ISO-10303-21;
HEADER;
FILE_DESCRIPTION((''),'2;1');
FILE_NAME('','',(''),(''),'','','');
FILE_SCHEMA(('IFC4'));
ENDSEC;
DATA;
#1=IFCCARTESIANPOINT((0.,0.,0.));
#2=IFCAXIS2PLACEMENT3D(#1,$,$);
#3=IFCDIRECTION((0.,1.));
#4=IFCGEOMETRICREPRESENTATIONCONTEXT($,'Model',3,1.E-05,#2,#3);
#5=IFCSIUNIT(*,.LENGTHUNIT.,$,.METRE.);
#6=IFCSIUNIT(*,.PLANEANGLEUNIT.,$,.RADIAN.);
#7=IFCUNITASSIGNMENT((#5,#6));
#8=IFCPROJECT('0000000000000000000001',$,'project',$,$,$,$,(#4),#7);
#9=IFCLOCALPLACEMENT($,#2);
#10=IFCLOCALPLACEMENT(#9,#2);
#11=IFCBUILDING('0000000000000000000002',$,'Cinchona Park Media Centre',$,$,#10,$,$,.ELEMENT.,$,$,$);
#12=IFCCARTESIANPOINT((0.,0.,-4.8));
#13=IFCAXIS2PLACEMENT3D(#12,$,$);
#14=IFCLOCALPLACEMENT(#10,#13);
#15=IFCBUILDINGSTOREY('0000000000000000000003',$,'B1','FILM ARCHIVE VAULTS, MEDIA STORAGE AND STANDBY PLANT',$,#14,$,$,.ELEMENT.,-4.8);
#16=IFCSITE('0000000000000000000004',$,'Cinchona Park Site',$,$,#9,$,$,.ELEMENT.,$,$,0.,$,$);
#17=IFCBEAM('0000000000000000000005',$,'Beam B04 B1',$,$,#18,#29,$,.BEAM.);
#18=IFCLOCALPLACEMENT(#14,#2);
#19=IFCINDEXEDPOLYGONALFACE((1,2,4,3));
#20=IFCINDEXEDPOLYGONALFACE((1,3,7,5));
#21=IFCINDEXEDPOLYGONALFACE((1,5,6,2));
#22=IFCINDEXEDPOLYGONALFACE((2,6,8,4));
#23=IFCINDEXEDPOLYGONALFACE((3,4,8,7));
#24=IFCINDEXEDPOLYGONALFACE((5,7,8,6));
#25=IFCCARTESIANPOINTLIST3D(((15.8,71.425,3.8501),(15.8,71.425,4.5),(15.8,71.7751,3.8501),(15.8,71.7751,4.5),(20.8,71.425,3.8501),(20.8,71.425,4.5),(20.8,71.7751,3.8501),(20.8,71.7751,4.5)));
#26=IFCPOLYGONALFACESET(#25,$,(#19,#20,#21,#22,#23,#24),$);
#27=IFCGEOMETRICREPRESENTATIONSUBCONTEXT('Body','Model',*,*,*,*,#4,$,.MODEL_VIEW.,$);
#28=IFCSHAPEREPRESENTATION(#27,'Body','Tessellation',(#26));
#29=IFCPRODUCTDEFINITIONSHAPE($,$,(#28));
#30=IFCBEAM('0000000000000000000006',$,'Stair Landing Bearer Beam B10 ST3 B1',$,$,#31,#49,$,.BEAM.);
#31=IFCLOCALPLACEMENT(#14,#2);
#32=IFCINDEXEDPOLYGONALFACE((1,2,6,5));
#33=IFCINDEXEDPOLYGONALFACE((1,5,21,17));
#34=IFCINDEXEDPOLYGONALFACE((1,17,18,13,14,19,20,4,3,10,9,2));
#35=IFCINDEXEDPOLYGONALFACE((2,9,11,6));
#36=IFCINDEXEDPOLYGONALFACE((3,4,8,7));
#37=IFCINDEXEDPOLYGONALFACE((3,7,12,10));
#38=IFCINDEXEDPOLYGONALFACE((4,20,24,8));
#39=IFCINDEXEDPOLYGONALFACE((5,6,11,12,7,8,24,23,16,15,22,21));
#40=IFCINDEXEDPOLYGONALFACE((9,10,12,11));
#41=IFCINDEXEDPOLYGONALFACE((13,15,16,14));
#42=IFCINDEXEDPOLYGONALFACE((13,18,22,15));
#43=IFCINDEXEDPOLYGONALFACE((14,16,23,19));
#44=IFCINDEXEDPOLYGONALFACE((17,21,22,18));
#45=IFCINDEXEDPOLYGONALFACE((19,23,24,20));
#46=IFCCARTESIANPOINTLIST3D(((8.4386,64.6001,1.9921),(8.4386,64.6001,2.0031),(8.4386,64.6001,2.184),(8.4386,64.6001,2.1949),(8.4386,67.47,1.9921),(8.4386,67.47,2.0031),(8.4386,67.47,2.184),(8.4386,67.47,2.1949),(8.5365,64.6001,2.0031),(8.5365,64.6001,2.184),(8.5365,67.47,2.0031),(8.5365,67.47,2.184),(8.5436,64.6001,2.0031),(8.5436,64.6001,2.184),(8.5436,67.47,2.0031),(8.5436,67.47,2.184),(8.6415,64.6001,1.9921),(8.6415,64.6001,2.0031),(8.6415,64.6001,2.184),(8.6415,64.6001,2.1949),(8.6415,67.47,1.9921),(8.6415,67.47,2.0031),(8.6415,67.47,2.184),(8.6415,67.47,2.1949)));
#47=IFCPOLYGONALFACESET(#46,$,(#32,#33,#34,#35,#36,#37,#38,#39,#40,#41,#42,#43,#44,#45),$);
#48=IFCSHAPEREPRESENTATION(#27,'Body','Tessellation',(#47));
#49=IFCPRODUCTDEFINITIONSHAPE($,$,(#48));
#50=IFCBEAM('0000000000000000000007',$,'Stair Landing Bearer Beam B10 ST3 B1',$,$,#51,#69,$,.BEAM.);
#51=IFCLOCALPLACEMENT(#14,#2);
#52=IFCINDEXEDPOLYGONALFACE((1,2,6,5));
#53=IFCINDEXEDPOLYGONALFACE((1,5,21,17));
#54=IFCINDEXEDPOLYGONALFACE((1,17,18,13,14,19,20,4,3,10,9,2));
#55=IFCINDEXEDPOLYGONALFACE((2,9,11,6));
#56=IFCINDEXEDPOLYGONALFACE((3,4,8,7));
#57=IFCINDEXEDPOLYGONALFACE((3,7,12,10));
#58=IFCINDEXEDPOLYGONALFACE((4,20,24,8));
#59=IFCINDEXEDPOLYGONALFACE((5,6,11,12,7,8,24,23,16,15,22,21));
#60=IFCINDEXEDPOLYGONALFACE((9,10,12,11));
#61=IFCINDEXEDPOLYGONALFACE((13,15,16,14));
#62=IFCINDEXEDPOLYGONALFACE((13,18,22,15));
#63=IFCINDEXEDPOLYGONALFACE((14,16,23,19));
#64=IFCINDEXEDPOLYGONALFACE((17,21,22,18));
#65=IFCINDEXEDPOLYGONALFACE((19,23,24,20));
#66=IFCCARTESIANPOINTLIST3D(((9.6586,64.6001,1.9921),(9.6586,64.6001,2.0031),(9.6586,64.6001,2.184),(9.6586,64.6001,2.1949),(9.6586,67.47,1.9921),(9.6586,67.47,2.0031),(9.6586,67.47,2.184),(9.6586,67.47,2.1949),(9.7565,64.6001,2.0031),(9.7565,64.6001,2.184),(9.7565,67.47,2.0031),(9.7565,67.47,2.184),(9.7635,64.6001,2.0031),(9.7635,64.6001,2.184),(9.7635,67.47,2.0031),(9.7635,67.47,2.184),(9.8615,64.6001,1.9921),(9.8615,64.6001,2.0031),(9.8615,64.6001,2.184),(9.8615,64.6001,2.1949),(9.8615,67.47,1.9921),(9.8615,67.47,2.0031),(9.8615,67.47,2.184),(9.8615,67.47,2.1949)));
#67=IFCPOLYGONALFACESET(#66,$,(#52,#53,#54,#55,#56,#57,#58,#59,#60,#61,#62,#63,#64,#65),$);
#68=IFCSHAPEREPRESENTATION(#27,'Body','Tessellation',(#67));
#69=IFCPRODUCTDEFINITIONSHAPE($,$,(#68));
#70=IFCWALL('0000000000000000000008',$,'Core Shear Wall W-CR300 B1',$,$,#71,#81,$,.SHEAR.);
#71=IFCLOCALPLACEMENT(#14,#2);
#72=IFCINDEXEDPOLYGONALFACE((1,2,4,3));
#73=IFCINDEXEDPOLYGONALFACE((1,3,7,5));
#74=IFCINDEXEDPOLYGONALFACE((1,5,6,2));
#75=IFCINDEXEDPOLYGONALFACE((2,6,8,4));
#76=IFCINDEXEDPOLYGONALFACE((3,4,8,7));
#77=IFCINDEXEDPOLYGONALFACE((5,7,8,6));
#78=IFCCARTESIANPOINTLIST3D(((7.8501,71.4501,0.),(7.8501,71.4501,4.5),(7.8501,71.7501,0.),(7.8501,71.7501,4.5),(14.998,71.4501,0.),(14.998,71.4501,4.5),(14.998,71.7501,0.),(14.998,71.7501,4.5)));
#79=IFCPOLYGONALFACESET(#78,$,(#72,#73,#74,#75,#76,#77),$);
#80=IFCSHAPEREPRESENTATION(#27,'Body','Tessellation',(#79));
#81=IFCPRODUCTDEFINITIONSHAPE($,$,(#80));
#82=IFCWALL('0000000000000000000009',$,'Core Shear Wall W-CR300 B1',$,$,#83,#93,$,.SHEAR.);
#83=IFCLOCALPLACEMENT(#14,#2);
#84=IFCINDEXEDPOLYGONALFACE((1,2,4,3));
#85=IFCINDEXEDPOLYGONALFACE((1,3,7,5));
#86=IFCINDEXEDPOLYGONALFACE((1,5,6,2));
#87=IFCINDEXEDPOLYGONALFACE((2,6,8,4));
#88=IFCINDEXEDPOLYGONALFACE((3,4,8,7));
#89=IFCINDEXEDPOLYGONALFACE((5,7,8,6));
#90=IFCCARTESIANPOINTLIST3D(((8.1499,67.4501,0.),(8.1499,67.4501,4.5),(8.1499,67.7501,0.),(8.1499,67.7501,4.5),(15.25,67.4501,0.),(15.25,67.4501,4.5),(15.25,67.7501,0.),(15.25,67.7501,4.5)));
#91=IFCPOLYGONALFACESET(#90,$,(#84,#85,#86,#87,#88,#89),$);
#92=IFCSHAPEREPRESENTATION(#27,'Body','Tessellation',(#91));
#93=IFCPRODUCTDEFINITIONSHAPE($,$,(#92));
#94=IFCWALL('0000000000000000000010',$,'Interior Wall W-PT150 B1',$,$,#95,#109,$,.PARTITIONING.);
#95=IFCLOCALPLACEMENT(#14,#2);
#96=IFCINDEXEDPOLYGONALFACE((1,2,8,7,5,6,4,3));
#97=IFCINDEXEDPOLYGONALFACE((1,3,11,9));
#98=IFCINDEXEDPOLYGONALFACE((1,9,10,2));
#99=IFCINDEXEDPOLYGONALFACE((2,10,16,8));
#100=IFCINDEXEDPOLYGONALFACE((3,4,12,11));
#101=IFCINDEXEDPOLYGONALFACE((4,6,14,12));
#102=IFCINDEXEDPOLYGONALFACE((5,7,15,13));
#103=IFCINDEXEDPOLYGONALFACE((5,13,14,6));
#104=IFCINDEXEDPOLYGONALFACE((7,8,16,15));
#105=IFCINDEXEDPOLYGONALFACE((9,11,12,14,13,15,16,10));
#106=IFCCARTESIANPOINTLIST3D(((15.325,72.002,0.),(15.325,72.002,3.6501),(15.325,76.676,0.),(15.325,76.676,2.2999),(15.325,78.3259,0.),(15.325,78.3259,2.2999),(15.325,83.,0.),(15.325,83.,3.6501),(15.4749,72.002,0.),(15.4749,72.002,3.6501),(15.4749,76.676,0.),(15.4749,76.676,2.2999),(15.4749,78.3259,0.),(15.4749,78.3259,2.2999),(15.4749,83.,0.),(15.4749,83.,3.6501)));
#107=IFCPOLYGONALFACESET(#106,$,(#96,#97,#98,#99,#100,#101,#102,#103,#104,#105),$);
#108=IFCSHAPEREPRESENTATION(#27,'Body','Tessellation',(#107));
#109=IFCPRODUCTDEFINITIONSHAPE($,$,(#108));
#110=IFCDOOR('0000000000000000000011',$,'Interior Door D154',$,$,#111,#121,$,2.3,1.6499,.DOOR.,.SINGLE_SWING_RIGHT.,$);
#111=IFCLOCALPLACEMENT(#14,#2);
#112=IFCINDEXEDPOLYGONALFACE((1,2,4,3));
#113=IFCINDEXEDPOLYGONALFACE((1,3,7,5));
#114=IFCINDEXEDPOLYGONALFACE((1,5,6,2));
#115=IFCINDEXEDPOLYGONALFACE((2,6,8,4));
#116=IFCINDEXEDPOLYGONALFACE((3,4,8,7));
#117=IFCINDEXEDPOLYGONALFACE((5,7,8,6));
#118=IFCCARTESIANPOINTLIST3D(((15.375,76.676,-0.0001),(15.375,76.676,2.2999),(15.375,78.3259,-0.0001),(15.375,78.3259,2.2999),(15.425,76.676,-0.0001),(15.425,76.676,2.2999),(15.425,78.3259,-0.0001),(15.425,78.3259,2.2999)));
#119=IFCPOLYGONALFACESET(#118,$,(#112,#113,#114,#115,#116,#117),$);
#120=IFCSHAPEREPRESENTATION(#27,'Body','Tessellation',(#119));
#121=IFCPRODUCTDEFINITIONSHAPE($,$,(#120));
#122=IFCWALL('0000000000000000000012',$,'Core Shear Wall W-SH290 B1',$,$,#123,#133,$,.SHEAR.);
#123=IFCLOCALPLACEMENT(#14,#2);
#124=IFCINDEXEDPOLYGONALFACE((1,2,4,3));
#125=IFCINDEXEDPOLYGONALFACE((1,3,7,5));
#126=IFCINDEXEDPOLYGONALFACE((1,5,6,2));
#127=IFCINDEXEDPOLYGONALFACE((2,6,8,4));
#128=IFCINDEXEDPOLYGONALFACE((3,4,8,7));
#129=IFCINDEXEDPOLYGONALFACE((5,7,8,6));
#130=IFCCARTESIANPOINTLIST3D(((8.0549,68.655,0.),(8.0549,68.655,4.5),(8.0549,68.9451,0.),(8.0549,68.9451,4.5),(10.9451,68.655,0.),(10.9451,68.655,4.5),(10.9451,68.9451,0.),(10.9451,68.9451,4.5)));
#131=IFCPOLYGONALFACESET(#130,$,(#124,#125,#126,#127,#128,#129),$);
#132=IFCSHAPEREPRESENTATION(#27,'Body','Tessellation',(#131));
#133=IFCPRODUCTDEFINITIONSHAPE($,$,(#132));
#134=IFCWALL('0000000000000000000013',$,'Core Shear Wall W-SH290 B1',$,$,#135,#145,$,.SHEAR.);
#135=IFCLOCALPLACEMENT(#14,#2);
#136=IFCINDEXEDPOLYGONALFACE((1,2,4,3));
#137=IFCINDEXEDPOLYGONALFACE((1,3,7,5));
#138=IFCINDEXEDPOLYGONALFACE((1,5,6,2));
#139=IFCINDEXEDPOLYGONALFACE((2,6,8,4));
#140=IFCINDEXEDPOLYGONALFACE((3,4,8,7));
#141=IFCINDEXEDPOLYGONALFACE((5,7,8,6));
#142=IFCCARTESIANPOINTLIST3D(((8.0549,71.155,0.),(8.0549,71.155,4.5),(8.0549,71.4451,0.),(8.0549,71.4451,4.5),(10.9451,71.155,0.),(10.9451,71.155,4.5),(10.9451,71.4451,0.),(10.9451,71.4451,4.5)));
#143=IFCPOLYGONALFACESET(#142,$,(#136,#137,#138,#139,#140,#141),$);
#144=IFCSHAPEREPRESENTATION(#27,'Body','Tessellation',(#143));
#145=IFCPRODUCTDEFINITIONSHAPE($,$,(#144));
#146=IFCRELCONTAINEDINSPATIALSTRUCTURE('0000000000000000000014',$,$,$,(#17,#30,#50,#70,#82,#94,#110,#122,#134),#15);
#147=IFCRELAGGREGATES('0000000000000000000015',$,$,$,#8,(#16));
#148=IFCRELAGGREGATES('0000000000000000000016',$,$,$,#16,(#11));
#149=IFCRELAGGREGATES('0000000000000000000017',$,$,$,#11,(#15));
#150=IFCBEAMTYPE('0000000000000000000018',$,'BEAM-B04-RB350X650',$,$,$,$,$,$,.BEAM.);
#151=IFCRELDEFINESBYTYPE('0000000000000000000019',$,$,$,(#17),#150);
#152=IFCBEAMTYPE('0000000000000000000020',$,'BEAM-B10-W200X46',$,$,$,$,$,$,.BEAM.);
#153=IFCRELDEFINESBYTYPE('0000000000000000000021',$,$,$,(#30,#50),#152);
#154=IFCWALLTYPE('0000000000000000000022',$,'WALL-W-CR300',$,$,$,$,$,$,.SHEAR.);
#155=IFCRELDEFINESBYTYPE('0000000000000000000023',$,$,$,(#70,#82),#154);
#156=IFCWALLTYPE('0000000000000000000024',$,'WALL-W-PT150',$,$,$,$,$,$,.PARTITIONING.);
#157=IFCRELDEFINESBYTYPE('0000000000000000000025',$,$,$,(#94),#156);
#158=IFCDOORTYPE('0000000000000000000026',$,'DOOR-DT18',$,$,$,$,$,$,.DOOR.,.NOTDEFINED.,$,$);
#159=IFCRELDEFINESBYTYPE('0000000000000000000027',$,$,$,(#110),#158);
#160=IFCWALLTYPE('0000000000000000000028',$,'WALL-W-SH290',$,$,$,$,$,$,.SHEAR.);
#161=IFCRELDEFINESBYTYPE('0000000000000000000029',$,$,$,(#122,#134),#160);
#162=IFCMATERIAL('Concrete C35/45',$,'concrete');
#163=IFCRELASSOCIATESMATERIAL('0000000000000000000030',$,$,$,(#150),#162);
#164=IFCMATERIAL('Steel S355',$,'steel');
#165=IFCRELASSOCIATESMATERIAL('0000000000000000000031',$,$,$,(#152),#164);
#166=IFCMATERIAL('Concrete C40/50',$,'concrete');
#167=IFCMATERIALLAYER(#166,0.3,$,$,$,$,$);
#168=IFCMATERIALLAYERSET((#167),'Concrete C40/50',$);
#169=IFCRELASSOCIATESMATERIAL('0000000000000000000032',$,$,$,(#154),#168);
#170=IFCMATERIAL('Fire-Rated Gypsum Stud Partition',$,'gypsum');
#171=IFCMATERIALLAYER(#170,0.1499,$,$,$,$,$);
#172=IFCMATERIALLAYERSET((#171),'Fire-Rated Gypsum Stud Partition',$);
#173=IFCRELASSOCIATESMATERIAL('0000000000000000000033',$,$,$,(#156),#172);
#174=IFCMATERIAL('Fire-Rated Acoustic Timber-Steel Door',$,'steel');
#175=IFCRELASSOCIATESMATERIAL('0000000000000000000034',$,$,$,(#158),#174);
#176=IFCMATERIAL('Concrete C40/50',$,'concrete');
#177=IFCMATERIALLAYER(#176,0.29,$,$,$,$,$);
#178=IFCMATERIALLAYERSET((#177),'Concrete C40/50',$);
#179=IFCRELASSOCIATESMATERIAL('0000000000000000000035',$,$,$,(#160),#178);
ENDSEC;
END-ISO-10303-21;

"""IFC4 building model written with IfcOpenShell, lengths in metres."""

from ifc_helpers import new_model, si_unit, direction, frame, frame_2d, origin, origin_2d, place, context, subcontext, project, spatial, rectangle, i_section, extrude, material, layer, layer_set, material_profile, profile_set, type_object, element, fill, save


model = new_model("IFC4")

# Units and contexts
model_context = context("Model", 3, precision=1e-05, world=origin(), true_north=direction((0.0, 1.0)))
body_context = subcontext(model_context, "Body", "Model", "MODEL_VIEW")
ifc_project = project(units=[si_unit("LENGTHUNIT", "METRE"), si_unit("PLANEANGLEUNIT", "RADIAN")], contexts=[model_context])

# Site, building, storey
site_placement = place(None, origin())
site = spatial("IfcSite", under=ifc_project, at=site_placement, Name="Cinchona Park Site", CompositionType="ELEMENT", RefElevation=0.0)
building_placement = place(site_placement, origin())
building = spatial("IfcBuilding", under=site, at=building_placement, Name="Cinchona Park Media Centre", CompositionType="ELEMENT")
storey_placement = place(building_placement, frame((0.0, 0.0, -4.8)))
storey = spatial("IfcBuildingStorey", under=building, at=storey_placement, Name="B1", Description="FILM ARCHIVE VAULTS, MEDIA STORAGE AND STANDBY PLANT", CompositionType="ELEMENT", Elevation=-4.8)

# Beams
ifc_material_1 = material(Name="Concrete C35/45", Category="concrete")
ifc_material_profile_1 = material_profile(ifc_material_1, rectangle(XDim=0.3501, YDim=0.6499, at=origin_2d()), Name="RB 350X650")
ifc_profile_set_1 = profile_set([ifc_material_profile_1], Name="Concrete C35/45")
beam_type_1 = type_object("IfcBeamType", Name="BEAM-B04-RB350X650", PredefinedType="BEAM", material=ifc_profile_set_1)
beam_1_placement = place(storey_placement, frame((15.8, 71.6001, 4.175), z_axis=(1.0, 0.0, 0.0), x_axis=(0.0, 1.0, 0.0)))
element("IfcBeam", 1, at=beam_1_placement, inside=storey, type_object=beam_type_1, Name="Beam B04 B1", PredefinedType="BEAM", context=body_context, shape_type="SweptSolid", body=[
    extrude(rectangle(XDim=0.3501, YDim=0.6499, at=origin_2d()), origin(), (0.0, 0.0, 1.0), 5.0),
])
ifc_material_2 = material(Name="Steel S355", Category="steel")
ifc_material_profile_2 = material_profile(ifc_material_2, i_section(OverallWidth=0.2029, OverallDepth=0.2029, WebThickness=0.0071, FlangeThickness=0.011, at=origin_2d()), Name="W200X46")
ifc_profile_set_2 = profile_set([ifc_material_profile_2], Name="Steel S355")
beam_type_2 = type_object("IfcBeamType", Name="BEAM-B10-W200X46", PredefinedType="BEAM", material=ifc_profile_set_2)
for number, where, z_axis, x_axis, name in (
    (2, (8.54, 67.47, 2.0935), (0.0, -1.0, 0.0), (1.0, 0.0, 0.0), "Stair Landing Bearer Beam B10 ST3 B1"),
    (3, (9.76, 67.47, 2.0935), (0.0, -1.0, 0.0), (1.0, 0.0, 0.0), "Stair Landing Bearer Beam B10 ST3 B1"),
):
    element("IfcBeam", number, at=place(storey_placement, frame(where, z_axis=z_axis, x_axis=x_axis)), inside=storey, type_object=beam_type_2, Name=name, PredefinedType="BEAM", context=body_context, shape_type="SweptSolid", body=[
        extrude(i_section(OverallWidth=0.2029, OverallDepth=0.2029, WebThickness=0.0071, FlangeThickness=0.011, at=origin_2d()), origin(), (0.0, 0.0, 1.0), 2.8699),
    ])

# Walls
ifc_material_3 = material(Name="Concrete C40/50", Category="concrete")
ifc_layer_1 = layer(ifc_material_3, 0.3)
ifc_layer_set_1 = layer_set([ifc_layer_1], Name="Concrete C40/50")
wall_type_1 = type_object("IfcWallType", Name="WALL-W-CR300", PredefinedType="SHEAR", material=ifc_layer_set_1)
wall_1_placement = place(storey_placement, frame((7.8501, 71.6001, 0.0), z_axis=(0.0, 0.0, 1.0), x_axis=(1.0, 0.0, 0.0)))
element("IfcWall", 4, at=wall_1_placement, inside=storey, type_object=wall_type_1, Name="Core Shear Wall W-CR300 B1", PredefinedType="SHEAR", context=body_context, shape_type="SweptSolid", body=[
    extrude(rectangle(XDim=7.1479, YDim=0.3, at=frame_2d((3.574, 0.0))), origin(), (0.0, 0.0, 1.0), 4.5),
])
wall_2_placement = place(storey_placement, frame((8.1499, 67.6001, 0.0), z_axis=(0.0, 0.0, 1.0), x_axis=(1.0, 0.0, 0.0)))
element("IfcWall", 5, at=wall_2_placement, inside=storey, type_object=wall_type_1, Name="Core Shear Wall W-CR300 B1", PredefinedType="SHEAR", context=body_context, shape_type="SweptSolid", body=[
    extrude(rectangle(XDim=7.1001, YDim=0.3, at=frame_2d((3.55, 0.0))), origin(), (0.0, 0.0, 1.0), 4.5),
])

# Wall, opening, door
ifc_material_4 = material(Name="Fire-Rated Gypsum Stud Partition", Category="gypsum")
ifc_layer_2 = layer(ifc_material_4, 0.1499)
ifc_layer_set_2 = layer_set([ifc_layer_2], Name="Fire-Rated Gypsum Stud Partition")
wall_type_2 = type_object("IfcWallType", Name="WALL-W-PT150", PredefinedType="PARTITIONING", material=ifc_layer_set_2)
wall_3_placement = place(storey_placement, frame((15.3999, 72.002, 0.0), z_axis=(0.0, 0.0, 1.0), x_axis=(0.0, 1.0, 0.0)))
wall_3 = element("IfcWall", 6, at=wall_3_placement, inside=storey, type_object=wall_type_2, Name="Interior Wall W-PT150 B1", PredefinedType="PARTITIONING", context=body_context, shape_type="SweptSolid", body=[
    extrude(rectangle(XDim=10.998, YDim=0.1499, at=frame_2d((5.499, 0.0))), origin(), (0.0, 0.0, 1.0), 3.6501),
])
opening_1_placement = place(wall_3_placement, frame((4.6741, 0.0, 0.0)))
opening_1 = element("IfcOpeningElement", 7, at=opening_1_placement, cuts=wall_3, PredefinedType="OPENING", context=body_context, shape_type="SweptSolid", body=[
    extrude(rectangle(XDim=1.6499, YDim=2.3, at=frame_2d((0.825, 1.1499))), frame((0.0, 0.085, 0.0), z_axis=(0.0, -1.0, 0.0), x_axis=(1.0, 0.0, 0.0)), (0.0, 0.0, 1.0), 0.1699),
])
ifc_material_5 = material(Name="Fire-Rated Acoustic Timber-Steel Door", Category="steel")
door_type_1 = type_object("IfcDoorType", Name="DOOR-DT18", OperationType="NOTDEFINED", PredefinedType="DOOR", material=ifc_material_5)
door_1_placement = place(opening_1_placement, origin())
door_1 = element("IfcDoor", 8, at=door_1_placement, inside=storey, type_object=door_type_1, Name="Interior Door D154", OperationType="SINGLE_SWING_RIGHT", OverallHeight=2.3, OverallWidth=1.6499, PredefinedType="DOOR", context=body_context, shape_type="SweptSolid", body=[
    extrude(rectangle(XDim=1.6499, YDim=2.3, at=frame_2d((0.825, 1.1499))), frame((0.0, 0.0249, 0.0), z_axis=(0.0, -1.0, 0.0), x_axis=(1.0, 0.0, 0.0)), (0.0, 0.0, 1.0), 0.05),
])
fill(opening_1, door_1)

# Walls
ifc_material_6 = material(Name="Concrete C40/50", Category="concrete")
ifc_layer_3 = layer(ifc_material_6, 0.29)
ifc_layer_set_3 = layer_set([ifc_layer_3], Name="Concrete C40/50")
wall_type_3 = type_object("IfcWallType", Name="WALL-W-SH290", PredefinedType="SHEAR", material=ifc_layer_set_3)
for number, where, z_axis, x_axis, name in (
    (9, (8.0549, 68.8, 0.0), (0.0, 0.0, 1.0), (1.0, 0.0, 0.0), "Core Shear Wall W-SH290 B1"),
    (10, (8.0549, 71.3, 0.0), (0.0, 0.0, 1.0), (1.0, 0.0, 0.0), "Core Shear Wall W-SH290 B1"),
):
    element("IfcWall", number, at=place(storey_placement, frame(where, z_axis=z_axis, x_axis=x_axis)), inside=storey, type_object=wall_type_3, Name=name, PredefinedType="SHEAR", context=body_context, shape_type="SweptSolid", body=[
        extrude(rectangle(XDim=2.8901, YDim=0.29, at=frame_2d((1.4451, 0.0))), origin(), (0.0, 0.0, 1.0), 4.5),
    ])

save(model, "model.ifc")
